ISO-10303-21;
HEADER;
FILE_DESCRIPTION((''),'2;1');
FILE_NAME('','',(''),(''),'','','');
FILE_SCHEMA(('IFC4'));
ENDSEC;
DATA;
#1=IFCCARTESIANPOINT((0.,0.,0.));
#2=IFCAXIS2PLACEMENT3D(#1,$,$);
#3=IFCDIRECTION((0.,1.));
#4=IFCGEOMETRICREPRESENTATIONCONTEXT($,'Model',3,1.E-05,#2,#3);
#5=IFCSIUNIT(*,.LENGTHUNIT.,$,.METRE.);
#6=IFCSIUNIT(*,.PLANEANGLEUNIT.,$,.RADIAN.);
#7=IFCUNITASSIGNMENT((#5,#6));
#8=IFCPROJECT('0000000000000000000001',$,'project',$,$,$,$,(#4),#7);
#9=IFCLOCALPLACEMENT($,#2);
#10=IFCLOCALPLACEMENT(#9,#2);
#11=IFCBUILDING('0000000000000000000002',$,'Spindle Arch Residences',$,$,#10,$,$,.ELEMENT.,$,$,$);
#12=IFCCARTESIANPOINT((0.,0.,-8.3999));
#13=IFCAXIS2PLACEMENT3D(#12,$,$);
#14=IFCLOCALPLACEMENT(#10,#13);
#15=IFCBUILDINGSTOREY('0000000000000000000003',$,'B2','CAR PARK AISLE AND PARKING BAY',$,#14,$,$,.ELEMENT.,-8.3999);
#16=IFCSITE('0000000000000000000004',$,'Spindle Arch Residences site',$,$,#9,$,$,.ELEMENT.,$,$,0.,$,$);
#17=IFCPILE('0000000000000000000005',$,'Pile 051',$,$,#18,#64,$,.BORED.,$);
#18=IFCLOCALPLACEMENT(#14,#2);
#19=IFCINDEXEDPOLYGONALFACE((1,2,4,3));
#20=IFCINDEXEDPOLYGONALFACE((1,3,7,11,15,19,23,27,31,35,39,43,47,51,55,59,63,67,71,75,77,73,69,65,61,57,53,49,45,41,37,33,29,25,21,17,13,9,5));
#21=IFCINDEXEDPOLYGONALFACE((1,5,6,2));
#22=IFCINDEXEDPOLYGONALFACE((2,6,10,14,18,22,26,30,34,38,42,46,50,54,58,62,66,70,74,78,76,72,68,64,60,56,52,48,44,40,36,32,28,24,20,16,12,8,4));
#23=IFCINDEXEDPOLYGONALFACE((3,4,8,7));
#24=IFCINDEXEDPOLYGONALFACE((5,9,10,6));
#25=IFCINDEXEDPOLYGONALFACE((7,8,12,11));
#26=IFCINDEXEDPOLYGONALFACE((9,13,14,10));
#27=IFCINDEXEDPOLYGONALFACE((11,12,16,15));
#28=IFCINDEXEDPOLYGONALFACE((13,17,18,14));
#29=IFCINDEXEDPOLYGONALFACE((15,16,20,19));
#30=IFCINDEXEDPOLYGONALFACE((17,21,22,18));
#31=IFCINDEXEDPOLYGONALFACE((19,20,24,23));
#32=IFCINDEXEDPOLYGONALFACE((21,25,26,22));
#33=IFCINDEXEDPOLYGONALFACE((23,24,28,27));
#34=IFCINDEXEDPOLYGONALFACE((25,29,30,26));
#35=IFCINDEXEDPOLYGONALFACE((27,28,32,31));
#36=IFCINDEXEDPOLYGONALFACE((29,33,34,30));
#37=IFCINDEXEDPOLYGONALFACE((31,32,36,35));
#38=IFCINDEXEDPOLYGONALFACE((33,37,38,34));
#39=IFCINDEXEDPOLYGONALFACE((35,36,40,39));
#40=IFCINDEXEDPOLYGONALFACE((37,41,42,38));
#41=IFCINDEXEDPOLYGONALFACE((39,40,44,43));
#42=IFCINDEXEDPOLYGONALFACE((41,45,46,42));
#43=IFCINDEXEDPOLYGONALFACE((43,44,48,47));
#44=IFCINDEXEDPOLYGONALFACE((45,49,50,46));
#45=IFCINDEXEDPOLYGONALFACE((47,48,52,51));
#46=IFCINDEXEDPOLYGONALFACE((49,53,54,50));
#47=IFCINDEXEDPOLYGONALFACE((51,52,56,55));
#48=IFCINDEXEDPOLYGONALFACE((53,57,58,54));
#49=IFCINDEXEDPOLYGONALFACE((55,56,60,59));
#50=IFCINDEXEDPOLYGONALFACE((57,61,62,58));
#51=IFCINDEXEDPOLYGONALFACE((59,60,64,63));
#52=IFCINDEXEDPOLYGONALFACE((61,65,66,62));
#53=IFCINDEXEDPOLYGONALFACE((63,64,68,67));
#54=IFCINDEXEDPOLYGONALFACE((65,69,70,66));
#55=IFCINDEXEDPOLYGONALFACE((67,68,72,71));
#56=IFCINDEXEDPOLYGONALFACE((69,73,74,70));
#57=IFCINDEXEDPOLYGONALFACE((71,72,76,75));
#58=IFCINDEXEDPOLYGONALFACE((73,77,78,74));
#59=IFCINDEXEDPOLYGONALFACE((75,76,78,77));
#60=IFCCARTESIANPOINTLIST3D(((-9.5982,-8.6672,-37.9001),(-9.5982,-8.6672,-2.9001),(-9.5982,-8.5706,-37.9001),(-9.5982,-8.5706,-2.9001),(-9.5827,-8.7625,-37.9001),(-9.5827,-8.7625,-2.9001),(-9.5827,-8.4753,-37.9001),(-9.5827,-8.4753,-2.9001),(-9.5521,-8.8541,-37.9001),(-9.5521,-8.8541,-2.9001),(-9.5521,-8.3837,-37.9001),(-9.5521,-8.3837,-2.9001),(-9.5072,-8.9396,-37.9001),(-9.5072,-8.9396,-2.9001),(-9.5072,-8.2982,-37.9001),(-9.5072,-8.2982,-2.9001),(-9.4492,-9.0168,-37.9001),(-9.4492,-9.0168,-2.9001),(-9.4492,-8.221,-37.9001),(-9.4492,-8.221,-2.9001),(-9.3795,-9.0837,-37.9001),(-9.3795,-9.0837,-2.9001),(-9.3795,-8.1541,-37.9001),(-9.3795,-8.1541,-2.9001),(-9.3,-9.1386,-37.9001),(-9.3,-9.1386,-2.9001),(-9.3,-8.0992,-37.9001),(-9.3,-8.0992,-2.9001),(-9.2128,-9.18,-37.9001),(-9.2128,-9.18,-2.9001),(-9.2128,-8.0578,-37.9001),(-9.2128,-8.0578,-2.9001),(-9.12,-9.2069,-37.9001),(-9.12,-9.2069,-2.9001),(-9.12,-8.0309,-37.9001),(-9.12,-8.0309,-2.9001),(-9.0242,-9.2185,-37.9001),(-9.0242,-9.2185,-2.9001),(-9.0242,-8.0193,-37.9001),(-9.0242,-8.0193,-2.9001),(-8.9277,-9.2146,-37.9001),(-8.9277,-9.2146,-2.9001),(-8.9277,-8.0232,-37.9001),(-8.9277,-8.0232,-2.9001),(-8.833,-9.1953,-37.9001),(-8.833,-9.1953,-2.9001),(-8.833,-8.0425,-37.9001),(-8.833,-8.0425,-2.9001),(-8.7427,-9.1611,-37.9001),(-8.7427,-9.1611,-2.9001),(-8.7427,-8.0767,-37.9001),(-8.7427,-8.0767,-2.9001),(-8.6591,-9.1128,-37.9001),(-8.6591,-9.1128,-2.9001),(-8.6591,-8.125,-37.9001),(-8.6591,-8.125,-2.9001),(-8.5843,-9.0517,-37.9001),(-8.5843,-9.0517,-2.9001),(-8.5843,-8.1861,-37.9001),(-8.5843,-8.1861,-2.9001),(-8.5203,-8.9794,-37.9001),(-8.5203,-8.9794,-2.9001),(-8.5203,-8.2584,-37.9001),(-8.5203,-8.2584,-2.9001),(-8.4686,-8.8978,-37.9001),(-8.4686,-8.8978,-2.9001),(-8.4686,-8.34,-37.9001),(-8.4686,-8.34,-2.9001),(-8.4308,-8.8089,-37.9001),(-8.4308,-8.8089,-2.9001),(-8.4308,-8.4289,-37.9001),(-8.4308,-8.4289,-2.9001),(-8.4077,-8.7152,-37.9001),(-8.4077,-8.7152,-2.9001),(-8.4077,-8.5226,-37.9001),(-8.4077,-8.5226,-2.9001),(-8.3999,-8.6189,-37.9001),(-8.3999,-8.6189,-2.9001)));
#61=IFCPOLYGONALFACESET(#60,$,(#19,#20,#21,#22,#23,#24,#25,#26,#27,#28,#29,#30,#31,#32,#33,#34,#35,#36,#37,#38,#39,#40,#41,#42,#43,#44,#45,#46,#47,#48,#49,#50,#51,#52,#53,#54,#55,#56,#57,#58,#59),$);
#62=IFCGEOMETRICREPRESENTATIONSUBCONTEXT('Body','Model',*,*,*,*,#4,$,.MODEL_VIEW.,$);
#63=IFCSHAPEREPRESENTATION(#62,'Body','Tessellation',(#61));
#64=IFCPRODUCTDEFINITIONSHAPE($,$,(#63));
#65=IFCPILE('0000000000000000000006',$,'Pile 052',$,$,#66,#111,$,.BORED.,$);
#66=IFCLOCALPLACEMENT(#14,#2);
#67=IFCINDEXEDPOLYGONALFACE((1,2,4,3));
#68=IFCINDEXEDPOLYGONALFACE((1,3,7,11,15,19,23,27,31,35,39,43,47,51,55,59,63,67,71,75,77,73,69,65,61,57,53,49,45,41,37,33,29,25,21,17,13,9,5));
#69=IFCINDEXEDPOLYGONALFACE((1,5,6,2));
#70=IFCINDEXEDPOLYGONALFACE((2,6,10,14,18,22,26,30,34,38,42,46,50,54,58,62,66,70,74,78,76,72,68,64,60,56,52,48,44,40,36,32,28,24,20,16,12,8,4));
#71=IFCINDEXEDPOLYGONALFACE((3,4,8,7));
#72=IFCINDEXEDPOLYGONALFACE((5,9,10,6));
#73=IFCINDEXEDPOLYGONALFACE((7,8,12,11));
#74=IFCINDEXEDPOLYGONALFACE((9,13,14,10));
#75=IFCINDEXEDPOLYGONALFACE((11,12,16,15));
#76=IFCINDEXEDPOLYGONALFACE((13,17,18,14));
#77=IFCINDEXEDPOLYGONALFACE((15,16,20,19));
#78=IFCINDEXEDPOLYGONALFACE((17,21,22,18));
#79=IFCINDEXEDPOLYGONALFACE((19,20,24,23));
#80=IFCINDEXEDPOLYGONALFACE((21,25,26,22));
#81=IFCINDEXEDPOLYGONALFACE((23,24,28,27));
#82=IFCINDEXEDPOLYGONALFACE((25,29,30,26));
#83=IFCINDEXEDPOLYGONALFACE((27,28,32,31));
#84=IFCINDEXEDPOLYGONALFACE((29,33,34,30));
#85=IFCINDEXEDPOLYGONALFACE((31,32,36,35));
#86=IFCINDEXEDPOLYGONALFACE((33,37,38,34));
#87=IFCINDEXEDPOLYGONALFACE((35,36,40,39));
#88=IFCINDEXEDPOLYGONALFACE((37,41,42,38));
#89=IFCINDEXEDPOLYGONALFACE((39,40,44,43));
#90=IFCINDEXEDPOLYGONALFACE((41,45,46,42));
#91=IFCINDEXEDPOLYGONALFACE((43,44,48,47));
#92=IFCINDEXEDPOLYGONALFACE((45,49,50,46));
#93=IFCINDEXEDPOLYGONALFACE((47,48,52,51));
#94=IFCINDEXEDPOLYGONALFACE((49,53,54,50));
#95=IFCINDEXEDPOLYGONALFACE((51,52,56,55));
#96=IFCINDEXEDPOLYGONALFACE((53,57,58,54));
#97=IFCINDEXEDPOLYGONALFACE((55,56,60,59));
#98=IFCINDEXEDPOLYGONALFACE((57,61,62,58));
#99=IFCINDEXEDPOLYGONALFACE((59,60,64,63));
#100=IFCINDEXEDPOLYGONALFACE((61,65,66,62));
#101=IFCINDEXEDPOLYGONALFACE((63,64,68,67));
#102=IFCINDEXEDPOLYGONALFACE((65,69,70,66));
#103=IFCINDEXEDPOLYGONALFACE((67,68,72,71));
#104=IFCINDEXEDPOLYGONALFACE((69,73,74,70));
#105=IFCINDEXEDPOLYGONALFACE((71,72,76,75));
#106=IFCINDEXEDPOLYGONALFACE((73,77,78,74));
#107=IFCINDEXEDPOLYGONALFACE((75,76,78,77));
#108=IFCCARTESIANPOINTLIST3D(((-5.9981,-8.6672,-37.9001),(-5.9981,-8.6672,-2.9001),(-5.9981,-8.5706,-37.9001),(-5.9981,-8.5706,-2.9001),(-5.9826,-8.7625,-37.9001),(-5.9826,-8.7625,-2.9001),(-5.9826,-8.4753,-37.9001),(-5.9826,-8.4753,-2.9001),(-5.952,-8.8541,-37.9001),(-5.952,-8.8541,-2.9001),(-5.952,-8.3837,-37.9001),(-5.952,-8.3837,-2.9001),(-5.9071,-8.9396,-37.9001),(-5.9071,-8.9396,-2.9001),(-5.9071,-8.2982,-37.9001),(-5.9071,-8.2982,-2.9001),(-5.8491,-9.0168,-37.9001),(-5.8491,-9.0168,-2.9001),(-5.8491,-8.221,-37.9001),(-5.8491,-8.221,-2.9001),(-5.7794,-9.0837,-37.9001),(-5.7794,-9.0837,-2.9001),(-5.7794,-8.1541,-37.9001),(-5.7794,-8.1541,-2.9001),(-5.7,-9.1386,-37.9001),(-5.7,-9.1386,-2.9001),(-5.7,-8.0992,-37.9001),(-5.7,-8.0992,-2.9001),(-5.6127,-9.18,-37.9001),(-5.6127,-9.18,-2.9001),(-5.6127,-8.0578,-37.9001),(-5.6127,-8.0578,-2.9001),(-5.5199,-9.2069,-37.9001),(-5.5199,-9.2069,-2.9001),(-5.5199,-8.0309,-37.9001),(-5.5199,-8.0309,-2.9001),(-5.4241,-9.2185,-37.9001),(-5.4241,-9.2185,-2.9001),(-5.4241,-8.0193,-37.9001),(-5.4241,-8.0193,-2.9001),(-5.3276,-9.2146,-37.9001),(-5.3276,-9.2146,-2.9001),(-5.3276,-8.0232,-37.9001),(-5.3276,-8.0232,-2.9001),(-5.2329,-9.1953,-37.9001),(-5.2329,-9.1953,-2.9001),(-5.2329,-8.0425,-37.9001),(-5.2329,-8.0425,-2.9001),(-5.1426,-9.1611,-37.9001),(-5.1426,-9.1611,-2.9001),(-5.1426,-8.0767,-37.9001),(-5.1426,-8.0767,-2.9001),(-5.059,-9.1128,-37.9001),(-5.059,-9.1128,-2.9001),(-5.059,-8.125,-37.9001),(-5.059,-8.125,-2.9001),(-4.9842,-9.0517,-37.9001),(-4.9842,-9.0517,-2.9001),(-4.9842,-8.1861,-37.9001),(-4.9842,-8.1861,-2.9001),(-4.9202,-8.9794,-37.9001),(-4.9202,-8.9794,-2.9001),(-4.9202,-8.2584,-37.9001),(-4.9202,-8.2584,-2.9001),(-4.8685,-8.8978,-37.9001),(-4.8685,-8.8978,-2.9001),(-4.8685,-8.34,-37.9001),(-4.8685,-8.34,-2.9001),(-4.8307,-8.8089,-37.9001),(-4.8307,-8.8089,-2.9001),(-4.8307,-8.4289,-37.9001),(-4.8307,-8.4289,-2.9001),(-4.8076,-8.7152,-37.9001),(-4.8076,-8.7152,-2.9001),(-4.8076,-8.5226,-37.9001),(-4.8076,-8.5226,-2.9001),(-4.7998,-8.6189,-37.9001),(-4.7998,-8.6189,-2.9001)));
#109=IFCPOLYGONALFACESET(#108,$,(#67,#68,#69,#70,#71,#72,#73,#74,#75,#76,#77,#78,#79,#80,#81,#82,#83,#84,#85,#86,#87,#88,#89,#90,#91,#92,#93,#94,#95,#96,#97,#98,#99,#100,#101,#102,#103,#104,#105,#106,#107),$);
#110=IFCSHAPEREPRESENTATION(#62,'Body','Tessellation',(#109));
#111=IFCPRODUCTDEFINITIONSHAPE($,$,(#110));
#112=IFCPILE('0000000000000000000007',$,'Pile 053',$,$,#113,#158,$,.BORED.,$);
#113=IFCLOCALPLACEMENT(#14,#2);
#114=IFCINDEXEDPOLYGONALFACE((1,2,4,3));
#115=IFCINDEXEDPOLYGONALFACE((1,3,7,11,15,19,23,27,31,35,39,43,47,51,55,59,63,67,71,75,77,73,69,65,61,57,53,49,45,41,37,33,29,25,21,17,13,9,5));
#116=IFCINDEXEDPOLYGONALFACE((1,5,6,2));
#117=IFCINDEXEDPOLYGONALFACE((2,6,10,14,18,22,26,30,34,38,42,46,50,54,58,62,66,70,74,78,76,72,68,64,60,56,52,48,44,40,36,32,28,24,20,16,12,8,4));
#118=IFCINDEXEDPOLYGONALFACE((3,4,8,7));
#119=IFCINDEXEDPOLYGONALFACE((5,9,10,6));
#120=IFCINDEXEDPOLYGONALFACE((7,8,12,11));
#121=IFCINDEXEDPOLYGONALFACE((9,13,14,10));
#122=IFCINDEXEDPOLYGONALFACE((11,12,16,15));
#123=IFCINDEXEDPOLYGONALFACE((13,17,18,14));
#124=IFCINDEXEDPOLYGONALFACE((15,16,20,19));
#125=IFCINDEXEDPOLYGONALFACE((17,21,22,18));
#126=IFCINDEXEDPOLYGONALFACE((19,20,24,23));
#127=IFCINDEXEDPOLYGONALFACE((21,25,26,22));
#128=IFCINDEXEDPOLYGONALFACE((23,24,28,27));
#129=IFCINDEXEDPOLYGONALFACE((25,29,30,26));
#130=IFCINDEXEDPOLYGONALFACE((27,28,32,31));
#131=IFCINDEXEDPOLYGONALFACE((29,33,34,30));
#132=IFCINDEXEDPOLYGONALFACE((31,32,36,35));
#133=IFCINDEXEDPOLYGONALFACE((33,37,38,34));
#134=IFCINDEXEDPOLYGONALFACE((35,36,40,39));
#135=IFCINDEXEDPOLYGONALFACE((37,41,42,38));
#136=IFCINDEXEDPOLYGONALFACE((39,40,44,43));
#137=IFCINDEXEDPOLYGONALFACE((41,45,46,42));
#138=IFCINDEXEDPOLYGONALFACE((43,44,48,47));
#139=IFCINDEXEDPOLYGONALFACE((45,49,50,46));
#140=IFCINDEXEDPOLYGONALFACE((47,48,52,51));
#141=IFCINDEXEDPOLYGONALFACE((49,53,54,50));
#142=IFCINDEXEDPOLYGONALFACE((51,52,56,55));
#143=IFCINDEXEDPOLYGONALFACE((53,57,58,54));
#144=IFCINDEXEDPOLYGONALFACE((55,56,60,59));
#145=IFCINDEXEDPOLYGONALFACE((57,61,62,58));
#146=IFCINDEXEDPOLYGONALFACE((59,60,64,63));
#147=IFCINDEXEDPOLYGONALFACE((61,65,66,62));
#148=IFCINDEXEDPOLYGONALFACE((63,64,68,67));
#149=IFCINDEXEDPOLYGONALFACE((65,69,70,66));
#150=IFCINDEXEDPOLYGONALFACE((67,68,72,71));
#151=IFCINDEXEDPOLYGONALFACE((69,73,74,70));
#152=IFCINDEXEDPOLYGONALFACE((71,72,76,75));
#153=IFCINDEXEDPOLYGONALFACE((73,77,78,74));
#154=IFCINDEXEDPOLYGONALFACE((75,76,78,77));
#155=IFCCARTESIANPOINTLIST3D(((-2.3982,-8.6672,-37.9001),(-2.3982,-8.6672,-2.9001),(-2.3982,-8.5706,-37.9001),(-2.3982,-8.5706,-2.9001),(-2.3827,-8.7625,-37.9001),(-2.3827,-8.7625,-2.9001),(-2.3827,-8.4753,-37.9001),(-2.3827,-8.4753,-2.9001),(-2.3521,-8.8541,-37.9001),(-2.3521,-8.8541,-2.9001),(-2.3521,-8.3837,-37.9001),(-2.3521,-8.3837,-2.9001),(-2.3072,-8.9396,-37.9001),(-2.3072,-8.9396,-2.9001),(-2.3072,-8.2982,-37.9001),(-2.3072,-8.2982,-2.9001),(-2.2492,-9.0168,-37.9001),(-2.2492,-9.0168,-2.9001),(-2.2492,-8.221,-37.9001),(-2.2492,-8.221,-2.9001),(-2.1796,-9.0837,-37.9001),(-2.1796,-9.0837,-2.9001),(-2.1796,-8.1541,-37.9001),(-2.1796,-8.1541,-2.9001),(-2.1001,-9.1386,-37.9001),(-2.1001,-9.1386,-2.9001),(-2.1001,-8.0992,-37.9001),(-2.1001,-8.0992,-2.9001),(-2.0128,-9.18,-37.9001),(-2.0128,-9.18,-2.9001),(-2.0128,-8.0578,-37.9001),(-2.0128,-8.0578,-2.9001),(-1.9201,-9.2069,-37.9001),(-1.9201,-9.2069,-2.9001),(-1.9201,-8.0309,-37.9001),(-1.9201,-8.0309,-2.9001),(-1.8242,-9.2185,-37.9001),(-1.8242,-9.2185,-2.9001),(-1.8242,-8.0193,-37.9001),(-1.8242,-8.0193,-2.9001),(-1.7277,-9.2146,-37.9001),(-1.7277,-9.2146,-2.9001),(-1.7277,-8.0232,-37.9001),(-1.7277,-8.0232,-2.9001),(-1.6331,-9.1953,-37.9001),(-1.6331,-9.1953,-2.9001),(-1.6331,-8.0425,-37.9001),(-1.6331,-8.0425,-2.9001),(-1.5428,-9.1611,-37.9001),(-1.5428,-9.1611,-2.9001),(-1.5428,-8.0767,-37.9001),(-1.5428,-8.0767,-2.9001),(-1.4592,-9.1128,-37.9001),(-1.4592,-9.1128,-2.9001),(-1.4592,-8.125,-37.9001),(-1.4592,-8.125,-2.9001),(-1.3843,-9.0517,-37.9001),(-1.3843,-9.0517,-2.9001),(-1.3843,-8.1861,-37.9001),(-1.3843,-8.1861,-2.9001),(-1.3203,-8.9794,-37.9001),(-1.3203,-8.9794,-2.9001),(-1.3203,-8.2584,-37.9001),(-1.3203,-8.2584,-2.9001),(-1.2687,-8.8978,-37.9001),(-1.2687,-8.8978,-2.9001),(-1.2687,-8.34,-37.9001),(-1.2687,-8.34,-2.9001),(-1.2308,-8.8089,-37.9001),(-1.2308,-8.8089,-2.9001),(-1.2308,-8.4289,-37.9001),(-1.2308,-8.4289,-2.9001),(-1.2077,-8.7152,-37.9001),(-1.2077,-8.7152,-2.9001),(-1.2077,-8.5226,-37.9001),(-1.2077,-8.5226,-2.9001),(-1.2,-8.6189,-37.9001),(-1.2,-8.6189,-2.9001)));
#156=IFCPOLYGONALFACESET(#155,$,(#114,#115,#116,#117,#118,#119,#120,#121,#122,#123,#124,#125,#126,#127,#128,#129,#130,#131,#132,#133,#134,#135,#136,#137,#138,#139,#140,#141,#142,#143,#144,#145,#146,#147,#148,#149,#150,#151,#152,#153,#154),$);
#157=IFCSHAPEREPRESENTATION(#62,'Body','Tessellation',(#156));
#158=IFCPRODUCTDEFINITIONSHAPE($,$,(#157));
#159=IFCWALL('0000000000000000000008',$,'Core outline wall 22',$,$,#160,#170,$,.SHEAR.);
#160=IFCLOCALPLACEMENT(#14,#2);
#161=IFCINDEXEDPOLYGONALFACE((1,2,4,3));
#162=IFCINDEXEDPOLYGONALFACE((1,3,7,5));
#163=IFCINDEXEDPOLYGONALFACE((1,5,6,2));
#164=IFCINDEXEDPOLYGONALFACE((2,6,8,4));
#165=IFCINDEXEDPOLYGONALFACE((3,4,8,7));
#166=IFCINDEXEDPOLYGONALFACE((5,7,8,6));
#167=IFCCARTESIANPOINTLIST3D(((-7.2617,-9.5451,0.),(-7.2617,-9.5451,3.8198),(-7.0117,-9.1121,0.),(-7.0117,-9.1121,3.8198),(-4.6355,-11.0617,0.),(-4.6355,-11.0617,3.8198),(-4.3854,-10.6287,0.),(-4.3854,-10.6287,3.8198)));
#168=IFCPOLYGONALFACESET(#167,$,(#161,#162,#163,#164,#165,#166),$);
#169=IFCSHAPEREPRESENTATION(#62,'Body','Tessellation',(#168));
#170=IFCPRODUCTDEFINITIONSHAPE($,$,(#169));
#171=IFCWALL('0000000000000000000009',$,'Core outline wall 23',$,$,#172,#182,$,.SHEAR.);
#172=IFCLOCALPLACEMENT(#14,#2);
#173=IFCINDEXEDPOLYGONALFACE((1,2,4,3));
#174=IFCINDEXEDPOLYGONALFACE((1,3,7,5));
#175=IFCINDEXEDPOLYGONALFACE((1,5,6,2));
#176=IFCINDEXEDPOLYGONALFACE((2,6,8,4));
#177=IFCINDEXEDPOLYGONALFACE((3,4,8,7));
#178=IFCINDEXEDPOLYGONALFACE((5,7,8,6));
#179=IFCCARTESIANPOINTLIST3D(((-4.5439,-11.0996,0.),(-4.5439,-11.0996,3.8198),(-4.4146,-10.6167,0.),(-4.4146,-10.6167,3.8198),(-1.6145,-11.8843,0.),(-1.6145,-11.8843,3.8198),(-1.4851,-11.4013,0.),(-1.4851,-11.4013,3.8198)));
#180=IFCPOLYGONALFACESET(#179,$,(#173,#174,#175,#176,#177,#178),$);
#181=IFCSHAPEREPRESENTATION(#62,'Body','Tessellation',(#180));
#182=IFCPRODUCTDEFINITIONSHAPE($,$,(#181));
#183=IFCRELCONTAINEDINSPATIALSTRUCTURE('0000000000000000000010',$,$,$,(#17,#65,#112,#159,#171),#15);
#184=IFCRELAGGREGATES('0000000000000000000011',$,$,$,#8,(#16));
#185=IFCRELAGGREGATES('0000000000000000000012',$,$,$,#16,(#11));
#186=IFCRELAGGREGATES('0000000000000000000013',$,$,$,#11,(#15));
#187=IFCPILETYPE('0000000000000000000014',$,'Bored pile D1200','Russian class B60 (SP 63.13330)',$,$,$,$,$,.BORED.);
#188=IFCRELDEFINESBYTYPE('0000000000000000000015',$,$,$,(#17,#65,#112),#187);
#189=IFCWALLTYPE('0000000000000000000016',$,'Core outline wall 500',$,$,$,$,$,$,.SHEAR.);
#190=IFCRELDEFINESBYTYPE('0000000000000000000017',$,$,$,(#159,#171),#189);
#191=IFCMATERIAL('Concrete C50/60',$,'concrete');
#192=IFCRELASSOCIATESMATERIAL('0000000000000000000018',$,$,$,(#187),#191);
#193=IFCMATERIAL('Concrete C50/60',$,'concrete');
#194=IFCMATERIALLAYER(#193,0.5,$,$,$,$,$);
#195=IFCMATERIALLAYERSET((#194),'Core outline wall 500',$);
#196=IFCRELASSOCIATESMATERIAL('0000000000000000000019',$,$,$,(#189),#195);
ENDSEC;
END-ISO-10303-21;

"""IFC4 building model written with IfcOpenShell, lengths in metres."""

from ifc_helpers import new_model, si_unit, direction, frame, frame_2d, origin, origin_2d, place, context, subcontext, project, spatial, rectangle, circle, extrude, material, layer, layer_set, material_profile, profile_set, type_object, element, save


model = new_model("IFC4")

# Units and contexts
model_context = context("Model", 3, precision=1e-05, world=origin(), true_north=direction((0.0, 1.0)))
body_context = subcontext(model_context, "Body", "Model", "MODEL_VIEW")
ifc_project = project(units=[si_unit("LENGTHUNIT", "METRE"), si_unit("PLANEANGLEUNIT", "RADIAN")], contexts=[model_context])

# Site, building, storey
site_placement = place(None, origin())
site = spatial("IfcSite", under=ifc_project, at=site_placement, Name="Spindle Arch Residences site", CompositionType="ELEMENT", RefElevation=0.0)
building_placement = place(site_placement, origin())
building = spatial("IfcBuilding", under=site, at=building_placement, Name="Spindle Arch Residences", CompositionType="ELEMENT")
storey_placement = place(building_placement, frame((0.0, 0.0, -8.3999)))
storey = spatial("IfcBuildingStorey", under=building, at=storey_placement, Name="B2", Description="CAR PARK AISLE AND PARKING BAY", CompositionType="ELEMENT", Elevation=-8.3999)

# Piles
ifc_material_1 = material(Name="Concrete C50/60", Category="concrete")
ifc_material_profile = material_profile(ifc_material_1, circle(Radius=0.6001, at=origin_2d()), Name="BP D1200")
ifc_profile_set = profile_set([ifc_material_profile], Name="Concrete C50/60")
pile_type = type_object("IfcPileType", Name="Bored pile D1200", Description="Russian class B60 (SP 63.13330)", PredefinedType="BORED", material=ifc_profile_set)
for number, where, z_axis, x_axis, name in (
    (1, (-9.0, -8.6189, -2.9001), (0.0, 0.0, -1.0), (1.0, 0.0, 0.0), "Pile 051"),
    (2, (-5.3999, -8.6189, -2.9001), (0.0, 0.0, -1.0), (1.0, 0.0, 0.0), "Pile 052"),
    (3, (-1.8, -8.6189, -2.9001), (0.0, 0.0, -1.0), (1.0, 0.0, 0.0), "Pile 053"),
):
    element("IfcPile", number, at=place(storey_placement, frame(where, z_axis=z_axis, x_axis=x_axis)), inside=storey, type_object=pile_type, Name=name, PredefinedType="BORED", context=body_context, shape_type="SweptSolid", body=[
        extrude(circle(Radius=0.6001, at=origin_2d()), origin(), (0.0, 0.0, 1.0), 35.0),
    ])

# Walls
ifc_material_2 = material(Name="Concrete C50/60", Category="concrete")
ifc_layer_1 = layer(ifc_material_2, 0.5)
ifc_layer_set_1 = layer_set([ifc_layer_1], Name="Core outline wall 500")
wall_type_1 = type_object("IfcWallType", Name="Core outline wall 500", PredefinedType="SHEAR", material=ifc_layer_set_1)
for number, where, z_axis, x_axis, name in (
    (4, (-7.1367, -9.3286, 0.0), (0.0, 0.0, 1.0), (0.865975, -0.500087, 0.0), "Core outline wall 22"),
    (5, (-4.4792, -10.8582, 0.0), (0.0, 0.0, 1.0), (0.965948, -0.258735, 0.0), "Core outline wall 23"),
):
    element("IfcWall", number, at=place(storey_placement, frame(where, z_axis=z_axis, x_axis=x_axis)), inside=storey, type_object=wall_type_1, Name=name, PredefinedType="SHEAR", context=body_context, shape_type="SweptSolid", body=[
        extrude(rectangle(XDim=3.0327, YDim=0.5, at=frame_2d((1.5164, 0.0))), origin(), (0.0, 0.0, 1.0), 3.8198),
    ])

save(model, "model.ifc")
